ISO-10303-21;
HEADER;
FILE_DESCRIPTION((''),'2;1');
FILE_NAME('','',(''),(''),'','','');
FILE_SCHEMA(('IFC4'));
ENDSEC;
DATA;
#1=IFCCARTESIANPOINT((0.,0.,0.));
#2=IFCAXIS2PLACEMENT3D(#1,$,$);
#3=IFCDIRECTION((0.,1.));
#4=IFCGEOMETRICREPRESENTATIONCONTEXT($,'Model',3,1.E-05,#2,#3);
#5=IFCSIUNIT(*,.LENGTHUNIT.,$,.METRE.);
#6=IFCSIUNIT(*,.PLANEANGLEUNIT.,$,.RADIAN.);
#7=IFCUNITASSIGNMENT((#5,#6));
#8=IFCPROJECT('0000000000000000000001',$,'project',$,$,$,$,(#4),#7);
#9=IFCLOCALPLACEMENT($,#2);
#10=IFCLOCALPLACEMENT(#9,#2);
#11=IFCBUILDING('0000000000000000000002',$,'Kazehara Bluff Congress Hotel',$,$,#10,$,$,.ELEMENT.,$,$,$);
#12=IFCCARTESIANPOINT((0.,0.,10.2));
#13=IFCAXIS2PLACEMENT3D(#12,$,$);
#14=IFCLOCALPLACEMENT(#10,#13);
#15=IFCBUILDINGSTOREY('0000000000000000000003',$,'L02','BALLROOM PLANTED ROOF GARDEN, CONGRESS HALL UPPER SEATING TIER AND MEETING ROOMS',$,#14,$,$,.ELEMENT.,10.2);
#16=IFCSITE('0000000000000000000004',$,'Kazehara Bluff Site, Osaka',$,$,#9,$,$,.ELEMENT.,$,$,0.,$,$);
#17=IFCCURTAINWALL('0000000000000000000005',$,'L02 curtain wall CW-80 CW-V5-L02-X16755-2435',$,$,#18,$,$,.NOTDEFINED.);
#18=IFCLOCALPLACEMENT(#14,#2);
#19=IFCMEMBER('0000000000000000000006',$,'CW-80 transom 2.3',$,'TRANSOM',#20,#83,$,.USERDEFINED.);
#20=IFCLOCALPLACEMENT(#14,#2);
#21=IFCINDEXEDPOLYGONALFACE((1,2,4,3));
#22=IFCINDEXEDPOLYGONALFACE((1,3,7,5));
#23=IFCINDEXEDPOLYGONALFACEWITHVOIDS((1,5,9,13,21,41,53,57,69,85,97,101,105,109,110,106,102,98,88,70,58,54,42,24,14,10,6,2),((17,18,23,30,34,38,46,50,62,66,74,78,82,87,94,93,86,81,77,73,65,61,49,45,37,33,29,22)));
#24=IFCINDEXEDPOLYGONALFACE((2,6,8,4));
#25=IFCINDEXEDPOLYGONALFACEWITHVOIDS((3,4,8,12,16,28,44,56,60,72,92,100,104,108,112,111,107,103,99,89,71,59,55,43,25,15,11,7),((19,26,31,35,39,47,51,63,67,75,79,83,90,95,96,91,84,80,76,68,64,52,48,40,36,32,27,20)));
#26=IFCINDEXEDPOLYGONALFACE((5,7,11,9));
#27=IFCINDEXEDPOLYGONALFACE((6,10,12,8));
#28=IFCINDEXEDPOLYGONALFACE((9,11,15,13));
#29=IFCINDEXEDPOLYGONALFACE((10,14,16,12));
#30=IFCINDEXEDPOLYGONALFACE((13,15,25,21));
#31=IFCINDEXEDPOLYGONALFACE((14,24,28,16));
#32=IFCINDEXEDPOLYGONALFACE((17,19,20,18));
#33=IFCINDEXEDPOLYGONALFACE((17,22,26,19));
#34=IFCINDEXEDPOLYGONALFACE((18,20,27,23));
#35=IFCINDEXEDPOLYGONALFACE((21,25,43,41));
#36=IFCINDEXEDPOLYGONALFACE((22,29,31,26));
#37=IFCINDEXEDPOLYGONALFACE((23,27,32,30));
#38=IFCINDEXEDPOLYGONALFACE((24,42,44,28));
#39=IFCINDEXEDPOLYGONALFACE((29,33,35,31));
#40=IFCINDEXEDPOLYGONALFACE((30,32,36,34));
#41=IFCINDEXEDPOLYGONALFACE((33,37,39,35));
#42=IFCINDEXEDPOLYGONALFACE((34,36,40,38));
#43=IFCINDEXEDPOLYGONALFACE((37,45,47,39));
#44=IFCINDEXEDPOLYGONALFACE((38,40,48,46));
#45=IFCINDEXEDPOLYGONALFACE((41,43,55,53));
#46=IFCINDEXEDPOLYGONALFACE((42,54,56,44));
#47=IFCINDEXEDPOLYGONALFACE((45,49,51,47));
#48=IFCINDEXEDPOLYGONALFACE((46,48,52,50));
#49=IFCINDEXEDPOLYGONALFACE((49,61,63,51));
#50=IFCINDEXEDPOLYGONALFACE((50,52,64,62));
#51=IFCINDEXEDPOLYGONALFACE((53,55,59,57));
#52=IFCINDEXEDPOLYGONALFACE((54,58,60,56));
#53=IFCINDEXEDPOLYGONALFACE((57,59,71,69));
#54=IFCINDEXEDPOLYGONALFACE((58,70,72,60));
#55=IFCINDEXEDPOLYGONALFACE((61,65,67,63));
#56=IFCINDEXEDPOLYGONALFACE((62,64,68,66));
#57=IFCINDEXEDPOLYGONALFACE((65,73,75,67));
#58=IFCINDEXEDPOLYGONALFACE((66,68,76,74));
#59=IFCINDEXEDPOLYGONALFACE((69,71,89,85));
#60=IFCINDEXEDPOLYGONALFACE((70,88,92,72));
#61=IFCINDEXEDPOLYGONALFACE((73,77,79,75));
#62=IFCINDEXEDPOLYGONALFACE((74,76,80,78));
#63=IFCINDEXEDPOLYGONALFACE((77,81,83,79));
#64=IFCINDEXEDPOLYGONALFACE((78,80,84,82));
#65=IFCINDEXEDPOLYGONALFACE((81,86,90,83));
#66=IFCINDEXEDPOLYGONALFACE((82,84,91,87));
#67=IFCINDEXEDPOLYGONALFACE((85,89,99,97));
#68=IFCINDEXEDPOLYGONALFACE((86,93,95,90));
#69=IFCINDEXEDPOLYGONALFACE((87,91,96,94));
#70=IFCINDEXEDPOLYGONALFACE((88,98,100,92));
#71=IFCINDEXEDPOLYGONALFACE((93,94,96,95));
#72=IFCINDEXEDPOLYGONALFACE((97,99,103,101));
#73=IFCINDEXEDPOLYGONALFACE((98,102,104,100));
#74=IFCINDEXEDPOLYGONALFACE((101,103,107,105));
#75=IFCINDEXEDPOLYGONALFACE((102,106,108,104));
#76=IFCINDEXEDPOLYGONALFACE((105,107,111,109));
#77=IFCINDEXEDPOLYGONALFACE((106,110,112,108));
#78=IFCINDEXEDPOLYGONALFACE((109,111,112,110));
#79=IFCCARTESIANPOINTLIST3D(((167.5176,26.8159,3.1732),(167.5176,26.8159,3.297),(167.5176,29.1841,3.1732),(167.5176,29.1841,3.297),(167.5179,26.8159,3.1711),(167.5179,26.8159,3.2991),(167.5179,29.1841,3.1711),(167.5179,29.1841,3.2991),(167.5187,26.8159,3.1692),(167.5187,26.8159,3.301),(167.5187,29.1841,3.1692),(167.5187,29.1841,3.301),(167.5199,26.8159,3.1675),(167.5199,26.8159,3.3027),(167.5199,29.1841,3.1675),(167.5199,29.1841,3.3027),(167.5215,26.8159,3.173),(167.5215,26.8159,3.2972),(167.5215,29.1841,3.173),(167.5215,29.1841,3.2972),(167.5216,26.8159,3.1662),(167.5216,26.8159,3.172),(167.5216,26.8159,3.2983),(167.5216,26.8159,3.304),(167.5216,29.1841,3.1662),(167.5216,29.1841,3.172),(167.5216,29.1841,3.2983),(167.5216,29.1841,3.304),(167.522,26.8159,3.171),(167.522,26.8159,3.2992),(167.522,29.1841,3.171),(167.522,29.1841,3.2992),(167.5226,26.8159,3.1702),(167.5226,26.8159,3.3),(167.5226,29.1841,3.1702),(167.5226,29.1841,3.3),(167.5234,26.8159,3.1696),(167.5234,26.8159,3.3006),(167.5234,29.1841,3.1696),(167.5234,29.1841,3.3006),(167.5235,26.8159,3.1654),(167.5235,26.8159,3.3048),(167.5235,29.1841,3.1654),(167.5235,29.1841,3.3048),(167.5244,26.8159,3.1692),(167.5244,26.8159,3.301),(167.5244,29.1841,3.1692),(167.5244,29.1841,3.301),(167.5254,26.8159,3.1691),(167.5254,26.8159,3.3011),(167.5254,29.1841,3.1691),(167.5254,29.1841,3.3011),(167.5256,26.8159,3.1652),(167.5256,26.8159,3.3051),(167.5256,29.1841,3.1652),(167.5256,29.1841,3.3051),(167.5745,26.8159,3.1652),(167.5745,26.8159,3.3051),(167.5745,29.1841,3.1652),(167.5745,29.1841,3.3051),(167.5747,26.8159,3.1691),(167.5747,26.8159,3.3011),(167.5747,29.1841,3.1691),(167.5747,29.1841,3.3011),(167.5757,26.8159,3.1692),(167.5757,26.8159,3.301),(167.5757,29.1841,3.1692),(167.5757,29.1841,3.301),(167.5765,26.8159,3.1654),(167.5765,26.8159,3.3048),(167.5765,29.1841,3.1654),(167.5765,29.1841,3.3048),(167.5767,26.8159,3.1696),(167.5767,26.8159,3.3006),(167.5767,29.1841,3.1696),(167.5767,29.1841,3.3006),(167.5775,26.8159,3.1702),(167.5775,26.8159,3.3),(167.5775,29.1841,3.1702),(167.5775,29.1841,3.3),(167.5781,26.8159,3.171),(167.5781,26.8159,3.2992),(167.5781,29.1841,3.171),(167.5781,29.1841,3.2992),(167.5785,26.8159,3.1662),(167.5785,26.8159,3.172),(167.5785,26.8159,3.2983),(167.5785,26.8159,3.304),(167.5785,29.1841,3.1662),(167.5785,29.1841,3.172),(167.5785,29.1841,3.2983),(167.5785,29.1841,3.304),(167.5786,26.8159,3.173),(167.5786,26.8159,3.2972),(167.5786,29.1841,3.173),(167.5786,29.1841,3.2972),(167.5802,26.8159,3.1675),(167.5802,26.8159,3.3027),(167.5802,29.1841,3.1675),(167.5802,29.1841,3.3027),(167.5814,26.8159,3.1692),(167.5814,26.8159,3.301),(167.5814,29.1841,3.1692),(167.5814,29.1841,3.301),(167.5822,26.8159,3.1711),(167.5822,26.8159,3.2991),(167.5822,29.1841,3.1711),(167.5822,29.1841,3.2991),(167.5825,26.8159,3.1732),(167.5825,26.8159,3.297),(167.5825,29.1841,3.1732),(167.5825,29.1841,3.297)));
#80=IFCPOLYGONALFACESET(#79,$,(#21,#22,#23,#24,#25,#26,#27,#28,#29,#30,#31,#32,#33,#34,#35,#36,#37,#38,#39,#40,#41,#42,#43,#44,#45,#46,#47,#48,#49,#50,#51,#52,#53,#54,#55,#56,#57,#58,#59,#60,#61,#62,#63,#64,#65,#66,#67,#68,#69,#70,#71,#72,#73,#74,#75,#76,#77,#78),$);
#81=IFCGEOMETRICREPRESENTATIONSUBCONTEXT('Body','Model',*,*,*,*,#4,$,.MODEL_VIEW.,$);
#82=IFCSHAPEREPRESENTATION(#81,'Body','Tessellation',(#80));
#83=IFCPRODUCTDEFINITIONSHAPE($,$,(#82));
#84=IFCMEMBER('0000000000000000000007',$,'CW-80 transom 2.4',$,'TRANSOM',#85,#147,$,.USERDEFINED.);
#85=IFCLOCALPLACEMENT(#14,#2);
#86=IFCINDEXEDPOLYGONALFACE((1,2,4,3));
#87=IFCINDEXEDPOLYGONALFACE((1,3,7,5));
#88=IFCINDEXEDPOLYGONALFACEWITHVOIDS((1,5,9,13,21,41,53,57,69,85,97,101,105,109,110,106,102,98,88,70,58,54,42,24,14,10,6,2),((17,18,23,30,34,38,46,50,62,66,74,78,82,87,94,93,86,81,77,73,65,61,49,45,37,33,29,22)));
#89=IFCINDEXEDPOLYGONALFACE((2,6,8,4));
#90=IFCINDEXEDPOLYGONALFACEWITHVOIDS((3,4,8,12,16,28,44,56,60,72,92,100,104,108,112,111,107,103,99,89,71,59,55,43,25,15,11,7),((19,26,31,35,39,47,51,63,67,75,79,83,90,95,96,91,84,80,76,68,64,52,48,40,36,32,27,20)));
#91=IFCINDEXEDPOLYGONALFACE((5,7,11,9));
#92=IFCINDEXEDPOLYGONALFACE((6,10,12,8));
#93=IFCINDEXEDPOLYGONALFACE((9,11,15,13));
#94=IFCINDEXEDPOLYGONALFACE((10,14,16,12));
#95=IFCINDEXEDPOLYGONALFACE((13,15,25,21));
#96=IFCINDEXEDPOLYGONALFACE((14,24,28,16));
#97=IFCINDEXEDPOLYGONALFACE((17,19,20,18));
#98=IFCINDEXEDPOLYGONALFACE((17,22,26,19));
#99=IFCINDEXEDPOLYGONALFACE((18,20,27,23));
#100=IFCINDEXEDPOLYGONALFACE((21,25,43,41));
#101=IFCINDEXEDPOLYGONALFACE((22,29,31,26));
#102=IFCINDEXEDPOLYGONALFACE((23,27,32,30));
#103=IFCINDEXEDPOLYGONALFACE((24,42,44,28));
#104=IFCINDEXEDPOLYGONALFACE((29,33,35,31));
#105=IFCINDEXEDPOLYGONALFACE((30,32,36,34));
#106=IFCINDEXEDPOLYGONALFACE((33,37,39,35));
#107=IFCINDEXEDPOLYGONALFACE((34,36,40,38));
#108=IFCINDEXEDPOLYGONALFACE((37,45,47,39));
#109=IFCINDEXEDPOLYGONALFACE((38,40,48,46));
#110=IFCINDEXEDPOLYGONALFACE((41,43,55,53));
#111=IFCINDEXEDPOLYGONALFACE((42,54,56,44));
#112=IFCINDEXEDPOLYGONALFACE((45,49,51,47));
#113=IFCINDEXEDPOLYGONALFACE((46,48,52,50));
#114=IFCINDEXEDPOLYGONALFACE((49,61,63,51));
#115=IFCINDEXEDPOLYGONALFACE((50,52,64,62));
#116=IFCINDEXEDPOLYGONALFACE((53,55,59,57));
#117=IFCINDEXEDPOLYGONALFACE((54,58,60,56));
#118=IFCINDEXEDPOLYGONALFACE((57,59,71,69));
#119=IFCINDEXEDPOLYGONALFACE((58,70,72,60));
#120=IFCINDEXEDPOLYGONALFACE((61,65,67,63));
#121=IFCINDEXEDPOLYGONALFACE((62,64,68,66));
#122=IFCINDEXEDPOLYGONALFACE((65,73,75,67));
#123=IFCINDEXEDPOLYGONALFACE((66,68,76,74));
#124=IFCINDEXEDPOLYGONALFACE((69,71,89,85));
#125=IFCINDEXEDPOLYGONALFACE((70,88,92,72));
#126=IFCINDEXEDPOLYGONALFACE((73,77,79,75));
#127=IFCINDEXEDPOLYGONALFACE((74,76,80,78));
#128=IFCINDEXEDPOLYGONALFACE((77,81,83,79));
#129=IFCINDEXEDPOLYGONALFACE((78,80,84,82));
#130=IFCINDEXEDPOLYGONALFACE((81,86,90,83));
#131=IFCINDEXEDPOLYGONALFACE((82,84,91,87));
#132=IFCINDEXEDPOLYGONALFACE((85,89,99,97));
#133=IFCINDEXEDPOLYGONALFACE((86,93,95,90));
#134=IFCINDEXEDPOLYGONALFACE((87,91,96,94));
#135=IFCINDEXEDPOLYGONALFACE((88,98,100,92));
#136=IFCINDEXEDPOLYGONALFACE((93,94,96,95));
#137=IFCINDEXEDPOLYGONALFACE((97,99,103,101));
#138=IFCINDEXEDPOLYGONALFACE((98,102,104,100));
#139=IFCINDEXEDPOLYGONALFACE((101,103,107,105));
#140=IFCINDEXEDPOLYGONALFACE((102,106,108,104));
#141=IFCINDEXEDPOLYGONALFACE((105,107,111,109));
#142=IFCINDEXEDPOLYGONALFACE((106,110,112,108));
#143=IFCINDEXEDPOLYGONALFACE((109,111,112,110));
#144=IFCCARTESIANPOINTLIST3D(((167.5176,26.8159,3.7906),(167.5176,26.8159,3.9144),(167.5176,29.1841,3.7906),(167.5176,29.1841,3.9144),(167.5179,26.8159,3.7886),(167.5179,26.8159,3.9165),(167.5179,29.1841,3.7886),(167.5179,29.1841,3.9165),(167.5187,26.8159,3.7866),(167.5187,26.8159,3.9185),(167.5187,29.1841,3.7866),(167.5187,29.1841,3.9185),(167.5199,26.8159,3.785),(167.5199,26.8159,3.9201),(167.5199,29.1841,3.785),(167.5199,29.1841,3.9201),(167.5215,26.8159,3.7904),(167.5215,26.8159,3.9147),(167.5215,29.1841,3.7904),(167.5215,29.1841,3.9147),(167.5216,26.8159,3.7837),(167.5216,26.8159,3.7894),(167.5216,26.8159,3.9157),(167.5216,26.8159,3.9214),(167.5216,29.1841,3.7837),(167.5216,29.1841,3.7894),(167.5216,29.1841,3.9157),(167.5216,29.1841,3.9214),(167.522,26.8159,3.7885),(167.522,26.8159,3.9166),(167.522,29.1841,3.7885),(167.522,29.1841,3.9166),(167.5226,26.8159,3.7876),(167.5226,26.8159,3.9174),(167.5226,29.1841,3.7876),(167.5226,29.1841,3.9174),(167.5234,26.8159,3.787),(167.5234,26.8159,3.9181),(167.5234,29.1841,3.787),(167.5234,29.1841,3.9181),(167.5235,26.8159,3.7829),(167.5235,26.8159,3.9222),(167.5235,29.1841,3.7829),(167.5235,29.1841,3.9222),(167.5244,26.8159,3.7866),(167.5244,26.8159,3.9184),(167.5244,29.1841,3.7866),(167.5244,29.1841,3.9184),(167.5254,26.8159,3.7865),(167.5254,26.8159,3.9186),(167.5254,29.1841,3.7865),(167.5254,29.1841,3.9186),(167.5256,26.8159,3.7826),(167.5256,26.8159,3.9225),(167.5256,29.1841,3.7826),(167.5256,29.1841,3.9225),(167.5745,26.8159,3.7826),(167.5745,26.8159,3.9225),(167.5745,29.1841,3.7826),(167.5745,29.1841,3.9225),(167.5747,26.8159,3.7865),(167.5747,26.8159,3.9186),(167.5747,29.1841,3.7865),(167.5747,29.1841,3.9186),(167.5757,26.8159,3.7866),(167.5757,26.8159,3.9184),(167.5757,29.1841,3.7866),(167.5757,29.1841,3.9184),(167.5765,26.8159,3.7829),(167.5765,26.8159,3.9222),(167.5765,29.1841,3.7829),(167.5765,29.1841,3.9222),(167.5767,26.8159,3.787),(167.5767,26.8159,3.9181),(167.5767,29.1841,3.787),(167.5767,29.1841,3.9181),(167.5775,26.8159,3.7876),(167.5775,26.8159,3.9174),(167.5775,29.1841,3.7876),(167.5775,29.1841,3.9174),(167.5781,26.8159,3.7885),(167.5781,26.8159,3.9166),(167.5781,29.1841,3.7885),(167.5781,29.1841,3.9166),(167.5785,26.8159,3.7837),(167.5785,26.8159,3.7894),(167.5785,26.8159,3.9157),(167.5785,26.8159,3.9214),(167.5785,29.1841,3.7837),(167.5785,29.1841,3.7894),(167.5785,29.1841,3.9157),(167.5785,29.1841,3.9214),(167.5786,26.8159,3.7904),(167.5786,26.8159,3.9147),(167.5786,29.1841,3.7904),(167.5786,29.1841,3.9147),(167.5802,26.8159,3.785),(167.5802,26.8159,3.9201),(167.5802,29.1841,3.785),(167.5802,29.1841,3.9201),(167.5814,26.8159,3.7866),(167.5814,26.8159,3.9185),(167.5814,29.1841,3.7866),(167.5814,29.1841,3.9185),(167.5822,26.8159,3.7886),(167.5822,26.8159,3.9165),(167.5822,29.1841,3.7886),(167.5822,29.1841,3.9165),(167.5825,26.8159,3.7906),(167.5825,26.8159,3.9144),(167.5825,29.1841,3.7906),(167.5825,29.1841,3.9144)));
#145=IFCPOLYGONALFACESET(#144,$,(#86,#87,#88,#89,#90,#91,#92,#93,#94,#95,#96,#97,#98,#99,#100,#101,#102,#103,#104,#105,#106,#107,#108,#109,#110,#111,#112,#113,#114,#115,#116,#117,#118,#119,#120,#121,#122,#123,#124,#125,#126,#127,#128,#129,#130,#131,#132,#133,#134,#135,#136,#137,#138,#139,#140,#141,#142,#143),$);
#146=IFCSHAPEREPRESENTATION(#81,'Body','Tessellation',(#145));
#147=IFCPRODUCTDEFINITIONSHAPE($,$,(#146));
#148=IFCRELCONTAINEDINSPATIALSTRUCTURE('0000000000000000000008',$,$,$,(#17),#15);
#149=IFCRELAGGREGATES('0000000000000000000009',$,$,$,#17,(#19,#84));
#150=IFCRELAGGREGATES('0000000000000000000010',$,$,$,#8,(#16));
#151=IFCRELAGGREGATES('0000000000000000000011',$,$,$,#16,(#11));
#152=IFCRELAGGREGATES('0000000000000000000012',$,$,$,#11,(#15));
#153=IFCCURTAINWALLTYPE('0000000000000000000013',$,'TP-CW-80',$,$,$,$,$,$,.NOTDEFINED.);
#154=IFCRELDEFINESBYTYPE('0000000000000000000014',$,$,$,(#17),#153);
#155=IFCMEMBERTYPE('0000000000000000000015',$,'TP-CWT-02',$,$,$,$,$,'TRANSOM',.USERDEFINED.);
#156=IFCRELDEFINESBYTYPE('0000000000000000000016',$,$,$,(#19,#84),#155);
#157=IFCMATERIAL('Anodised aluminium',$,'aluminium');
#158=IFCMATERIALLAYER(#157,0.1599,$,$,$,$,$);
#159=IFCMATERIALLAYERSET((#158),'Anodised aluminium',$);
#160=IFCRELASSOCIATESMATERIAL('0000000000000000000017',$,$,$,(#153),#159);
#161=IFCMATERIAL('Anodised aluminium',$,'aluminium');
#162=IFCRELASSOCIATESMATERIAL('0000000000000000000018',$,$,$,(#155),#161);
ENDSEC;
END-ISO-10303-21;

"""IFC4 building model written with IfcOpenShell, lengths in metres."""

from ifc_helpers import new_model, si_unit, direction, frame, origin, origin_2d, place, context, subcontext, project, spatial, hollow_rectangle, extrude, material, layer, layer_set, material_profile, profile_set, type_object, element, aggregate, save


model = new_model("IFC4")

# Units and contexts
model_context = context("Model", 3, precision=1e-05, world=origin(), true_north=direction((0.0, 1.0)))
body_context = subcontext(model_context, "Body", "Model", "MODEL_VIEW")
ifc_project = project(units=[si_unit("LENGTHUNIT", "METRE"), si_unit("PLANEANGLEUNIT", "RADIAN")], contexts=[model_context])

# Site, building, storey
site_placement = place(None, origin())
site = spatial("IfcSite", under=ifc_project, at=site_placement, Name="Kazehara Bluff Site, Osaka", CompositionType="ELEMENT", RefElevation=0.0)
building_placement = place(site_placement, origin())
building = spatial("IfcBuilding", under=site, at=building_placement, Name="Kazehara Bluff Congress Hotel", CompositionType="ELEMENT")
storey_placement = place(building_placement, frame((0.0, 0.0, 10.2)))
storey = spatial("IfcBuildingStorey", under=building, at=storey_placement, Name="L02", Description="BALLROOM PLANTED ROOF GARDEN, CONGRESS HALL UPPER SEATING TIER AND MEETING ROOMS", CompositionType="ELEMENT", Elevation=10.2)

# Curtain wall, members
ifc_material_1 = material(Name="Anodised aluminium", Category="aluminium")
ifc_layer_1 = layer(ifc_material_1, 0.1599)
ifc_layer_set_1 = layer_set([ifc_layer_1], Name="Anodised aluminium")
curtain_wall_type = type_object("IfcCurtainWallType", Name="TP-CW-80", PredefinedType="NOTDEFINED", material=ifc_layer_set_1)
curtain_wall_placement = place(storey_placement, origin())
curtain_wall = element("IfcCurtainWall", 1, at=curtain_wall_placement, inside=storey, type_object=curtain_wall_type, Name="L02 curtain wall CW-80 CW-V5-L02-X16755-2435", PredefinedType="NOTDEFINED")
ifc_material_2 = material(Name="Anodised aluminium", Category="aluminium")
ifc_material_profile_1 = material_profile(ifc_material_2, hollow_rectangle(XDim=0.0649, YDim=0.1399, WallThickness=0.0039, InnerFilletRadius=0.0039, OuterFilletRadius=0.0081, at=origin_2d()))
ifc_profile_set_1 = profile_set([ifc_material_profile_1], Name="Anodised aluminium")
member_type_1 = type_object("IfcMemberType", Name="TP-CWT-02", ElementType="TRANSOM", PredefinedType="USERDEFINED", material=ifc_profile_set_1)
member_1_placement = place(storey_placement, frame((167.55, 26.8159, 3.2351), z_axis=(0.0, 1.0, 0.0), x_axis=(-1.0, 0.0, 0.0)))
member_1 = element("IfcMember", 2, at=member_1_placement, type_object=member_type_1, Name="CW-80 transom 2.3", ObjectType="TRANSOM", PredefinedType="USERDEFINED", context=body_context, shape_type="SweptSolid", body=[
    extrude(hollow_rectangle(XDim=0.0649, YDim=0.1399, WallThickness=0.0039, InnerFilletRadius=0.0039, OuterFilletRadius=0.0081, at=origin_2d()), origin(), (0.0, 0.0, 1.0), 2.3682),
])
member_2_placement = place(storey_placement, frame((167.55, 26.8159, 3.8525), z_axis=(0.0, 1.0, 0.0), x_axis=(-1.0, 0.0, 0.0)))
member_2 = element("IfcMember", 3, at=member_2_placement, type_object=member_type_1, Name="CW-80 transom 2.4", ObjectType="TRANSOM", PredefinedType="USERDEFINED", context=body_context, shape_type="SweptSolid", body=[
    extrude(hollow_rectangle(XDim=0.0649, YDim=0.1399, WallThickness=0.0039, InnerFilletRadius=0.0039, OuterFilletRadius=0.0081, at=origin_2d()), origin(), (0.0, 0.0, 1.0), 2.3682),
])

aggregate(curtain_wall, [member_1, member_2])

save(model, "model.ifc")
